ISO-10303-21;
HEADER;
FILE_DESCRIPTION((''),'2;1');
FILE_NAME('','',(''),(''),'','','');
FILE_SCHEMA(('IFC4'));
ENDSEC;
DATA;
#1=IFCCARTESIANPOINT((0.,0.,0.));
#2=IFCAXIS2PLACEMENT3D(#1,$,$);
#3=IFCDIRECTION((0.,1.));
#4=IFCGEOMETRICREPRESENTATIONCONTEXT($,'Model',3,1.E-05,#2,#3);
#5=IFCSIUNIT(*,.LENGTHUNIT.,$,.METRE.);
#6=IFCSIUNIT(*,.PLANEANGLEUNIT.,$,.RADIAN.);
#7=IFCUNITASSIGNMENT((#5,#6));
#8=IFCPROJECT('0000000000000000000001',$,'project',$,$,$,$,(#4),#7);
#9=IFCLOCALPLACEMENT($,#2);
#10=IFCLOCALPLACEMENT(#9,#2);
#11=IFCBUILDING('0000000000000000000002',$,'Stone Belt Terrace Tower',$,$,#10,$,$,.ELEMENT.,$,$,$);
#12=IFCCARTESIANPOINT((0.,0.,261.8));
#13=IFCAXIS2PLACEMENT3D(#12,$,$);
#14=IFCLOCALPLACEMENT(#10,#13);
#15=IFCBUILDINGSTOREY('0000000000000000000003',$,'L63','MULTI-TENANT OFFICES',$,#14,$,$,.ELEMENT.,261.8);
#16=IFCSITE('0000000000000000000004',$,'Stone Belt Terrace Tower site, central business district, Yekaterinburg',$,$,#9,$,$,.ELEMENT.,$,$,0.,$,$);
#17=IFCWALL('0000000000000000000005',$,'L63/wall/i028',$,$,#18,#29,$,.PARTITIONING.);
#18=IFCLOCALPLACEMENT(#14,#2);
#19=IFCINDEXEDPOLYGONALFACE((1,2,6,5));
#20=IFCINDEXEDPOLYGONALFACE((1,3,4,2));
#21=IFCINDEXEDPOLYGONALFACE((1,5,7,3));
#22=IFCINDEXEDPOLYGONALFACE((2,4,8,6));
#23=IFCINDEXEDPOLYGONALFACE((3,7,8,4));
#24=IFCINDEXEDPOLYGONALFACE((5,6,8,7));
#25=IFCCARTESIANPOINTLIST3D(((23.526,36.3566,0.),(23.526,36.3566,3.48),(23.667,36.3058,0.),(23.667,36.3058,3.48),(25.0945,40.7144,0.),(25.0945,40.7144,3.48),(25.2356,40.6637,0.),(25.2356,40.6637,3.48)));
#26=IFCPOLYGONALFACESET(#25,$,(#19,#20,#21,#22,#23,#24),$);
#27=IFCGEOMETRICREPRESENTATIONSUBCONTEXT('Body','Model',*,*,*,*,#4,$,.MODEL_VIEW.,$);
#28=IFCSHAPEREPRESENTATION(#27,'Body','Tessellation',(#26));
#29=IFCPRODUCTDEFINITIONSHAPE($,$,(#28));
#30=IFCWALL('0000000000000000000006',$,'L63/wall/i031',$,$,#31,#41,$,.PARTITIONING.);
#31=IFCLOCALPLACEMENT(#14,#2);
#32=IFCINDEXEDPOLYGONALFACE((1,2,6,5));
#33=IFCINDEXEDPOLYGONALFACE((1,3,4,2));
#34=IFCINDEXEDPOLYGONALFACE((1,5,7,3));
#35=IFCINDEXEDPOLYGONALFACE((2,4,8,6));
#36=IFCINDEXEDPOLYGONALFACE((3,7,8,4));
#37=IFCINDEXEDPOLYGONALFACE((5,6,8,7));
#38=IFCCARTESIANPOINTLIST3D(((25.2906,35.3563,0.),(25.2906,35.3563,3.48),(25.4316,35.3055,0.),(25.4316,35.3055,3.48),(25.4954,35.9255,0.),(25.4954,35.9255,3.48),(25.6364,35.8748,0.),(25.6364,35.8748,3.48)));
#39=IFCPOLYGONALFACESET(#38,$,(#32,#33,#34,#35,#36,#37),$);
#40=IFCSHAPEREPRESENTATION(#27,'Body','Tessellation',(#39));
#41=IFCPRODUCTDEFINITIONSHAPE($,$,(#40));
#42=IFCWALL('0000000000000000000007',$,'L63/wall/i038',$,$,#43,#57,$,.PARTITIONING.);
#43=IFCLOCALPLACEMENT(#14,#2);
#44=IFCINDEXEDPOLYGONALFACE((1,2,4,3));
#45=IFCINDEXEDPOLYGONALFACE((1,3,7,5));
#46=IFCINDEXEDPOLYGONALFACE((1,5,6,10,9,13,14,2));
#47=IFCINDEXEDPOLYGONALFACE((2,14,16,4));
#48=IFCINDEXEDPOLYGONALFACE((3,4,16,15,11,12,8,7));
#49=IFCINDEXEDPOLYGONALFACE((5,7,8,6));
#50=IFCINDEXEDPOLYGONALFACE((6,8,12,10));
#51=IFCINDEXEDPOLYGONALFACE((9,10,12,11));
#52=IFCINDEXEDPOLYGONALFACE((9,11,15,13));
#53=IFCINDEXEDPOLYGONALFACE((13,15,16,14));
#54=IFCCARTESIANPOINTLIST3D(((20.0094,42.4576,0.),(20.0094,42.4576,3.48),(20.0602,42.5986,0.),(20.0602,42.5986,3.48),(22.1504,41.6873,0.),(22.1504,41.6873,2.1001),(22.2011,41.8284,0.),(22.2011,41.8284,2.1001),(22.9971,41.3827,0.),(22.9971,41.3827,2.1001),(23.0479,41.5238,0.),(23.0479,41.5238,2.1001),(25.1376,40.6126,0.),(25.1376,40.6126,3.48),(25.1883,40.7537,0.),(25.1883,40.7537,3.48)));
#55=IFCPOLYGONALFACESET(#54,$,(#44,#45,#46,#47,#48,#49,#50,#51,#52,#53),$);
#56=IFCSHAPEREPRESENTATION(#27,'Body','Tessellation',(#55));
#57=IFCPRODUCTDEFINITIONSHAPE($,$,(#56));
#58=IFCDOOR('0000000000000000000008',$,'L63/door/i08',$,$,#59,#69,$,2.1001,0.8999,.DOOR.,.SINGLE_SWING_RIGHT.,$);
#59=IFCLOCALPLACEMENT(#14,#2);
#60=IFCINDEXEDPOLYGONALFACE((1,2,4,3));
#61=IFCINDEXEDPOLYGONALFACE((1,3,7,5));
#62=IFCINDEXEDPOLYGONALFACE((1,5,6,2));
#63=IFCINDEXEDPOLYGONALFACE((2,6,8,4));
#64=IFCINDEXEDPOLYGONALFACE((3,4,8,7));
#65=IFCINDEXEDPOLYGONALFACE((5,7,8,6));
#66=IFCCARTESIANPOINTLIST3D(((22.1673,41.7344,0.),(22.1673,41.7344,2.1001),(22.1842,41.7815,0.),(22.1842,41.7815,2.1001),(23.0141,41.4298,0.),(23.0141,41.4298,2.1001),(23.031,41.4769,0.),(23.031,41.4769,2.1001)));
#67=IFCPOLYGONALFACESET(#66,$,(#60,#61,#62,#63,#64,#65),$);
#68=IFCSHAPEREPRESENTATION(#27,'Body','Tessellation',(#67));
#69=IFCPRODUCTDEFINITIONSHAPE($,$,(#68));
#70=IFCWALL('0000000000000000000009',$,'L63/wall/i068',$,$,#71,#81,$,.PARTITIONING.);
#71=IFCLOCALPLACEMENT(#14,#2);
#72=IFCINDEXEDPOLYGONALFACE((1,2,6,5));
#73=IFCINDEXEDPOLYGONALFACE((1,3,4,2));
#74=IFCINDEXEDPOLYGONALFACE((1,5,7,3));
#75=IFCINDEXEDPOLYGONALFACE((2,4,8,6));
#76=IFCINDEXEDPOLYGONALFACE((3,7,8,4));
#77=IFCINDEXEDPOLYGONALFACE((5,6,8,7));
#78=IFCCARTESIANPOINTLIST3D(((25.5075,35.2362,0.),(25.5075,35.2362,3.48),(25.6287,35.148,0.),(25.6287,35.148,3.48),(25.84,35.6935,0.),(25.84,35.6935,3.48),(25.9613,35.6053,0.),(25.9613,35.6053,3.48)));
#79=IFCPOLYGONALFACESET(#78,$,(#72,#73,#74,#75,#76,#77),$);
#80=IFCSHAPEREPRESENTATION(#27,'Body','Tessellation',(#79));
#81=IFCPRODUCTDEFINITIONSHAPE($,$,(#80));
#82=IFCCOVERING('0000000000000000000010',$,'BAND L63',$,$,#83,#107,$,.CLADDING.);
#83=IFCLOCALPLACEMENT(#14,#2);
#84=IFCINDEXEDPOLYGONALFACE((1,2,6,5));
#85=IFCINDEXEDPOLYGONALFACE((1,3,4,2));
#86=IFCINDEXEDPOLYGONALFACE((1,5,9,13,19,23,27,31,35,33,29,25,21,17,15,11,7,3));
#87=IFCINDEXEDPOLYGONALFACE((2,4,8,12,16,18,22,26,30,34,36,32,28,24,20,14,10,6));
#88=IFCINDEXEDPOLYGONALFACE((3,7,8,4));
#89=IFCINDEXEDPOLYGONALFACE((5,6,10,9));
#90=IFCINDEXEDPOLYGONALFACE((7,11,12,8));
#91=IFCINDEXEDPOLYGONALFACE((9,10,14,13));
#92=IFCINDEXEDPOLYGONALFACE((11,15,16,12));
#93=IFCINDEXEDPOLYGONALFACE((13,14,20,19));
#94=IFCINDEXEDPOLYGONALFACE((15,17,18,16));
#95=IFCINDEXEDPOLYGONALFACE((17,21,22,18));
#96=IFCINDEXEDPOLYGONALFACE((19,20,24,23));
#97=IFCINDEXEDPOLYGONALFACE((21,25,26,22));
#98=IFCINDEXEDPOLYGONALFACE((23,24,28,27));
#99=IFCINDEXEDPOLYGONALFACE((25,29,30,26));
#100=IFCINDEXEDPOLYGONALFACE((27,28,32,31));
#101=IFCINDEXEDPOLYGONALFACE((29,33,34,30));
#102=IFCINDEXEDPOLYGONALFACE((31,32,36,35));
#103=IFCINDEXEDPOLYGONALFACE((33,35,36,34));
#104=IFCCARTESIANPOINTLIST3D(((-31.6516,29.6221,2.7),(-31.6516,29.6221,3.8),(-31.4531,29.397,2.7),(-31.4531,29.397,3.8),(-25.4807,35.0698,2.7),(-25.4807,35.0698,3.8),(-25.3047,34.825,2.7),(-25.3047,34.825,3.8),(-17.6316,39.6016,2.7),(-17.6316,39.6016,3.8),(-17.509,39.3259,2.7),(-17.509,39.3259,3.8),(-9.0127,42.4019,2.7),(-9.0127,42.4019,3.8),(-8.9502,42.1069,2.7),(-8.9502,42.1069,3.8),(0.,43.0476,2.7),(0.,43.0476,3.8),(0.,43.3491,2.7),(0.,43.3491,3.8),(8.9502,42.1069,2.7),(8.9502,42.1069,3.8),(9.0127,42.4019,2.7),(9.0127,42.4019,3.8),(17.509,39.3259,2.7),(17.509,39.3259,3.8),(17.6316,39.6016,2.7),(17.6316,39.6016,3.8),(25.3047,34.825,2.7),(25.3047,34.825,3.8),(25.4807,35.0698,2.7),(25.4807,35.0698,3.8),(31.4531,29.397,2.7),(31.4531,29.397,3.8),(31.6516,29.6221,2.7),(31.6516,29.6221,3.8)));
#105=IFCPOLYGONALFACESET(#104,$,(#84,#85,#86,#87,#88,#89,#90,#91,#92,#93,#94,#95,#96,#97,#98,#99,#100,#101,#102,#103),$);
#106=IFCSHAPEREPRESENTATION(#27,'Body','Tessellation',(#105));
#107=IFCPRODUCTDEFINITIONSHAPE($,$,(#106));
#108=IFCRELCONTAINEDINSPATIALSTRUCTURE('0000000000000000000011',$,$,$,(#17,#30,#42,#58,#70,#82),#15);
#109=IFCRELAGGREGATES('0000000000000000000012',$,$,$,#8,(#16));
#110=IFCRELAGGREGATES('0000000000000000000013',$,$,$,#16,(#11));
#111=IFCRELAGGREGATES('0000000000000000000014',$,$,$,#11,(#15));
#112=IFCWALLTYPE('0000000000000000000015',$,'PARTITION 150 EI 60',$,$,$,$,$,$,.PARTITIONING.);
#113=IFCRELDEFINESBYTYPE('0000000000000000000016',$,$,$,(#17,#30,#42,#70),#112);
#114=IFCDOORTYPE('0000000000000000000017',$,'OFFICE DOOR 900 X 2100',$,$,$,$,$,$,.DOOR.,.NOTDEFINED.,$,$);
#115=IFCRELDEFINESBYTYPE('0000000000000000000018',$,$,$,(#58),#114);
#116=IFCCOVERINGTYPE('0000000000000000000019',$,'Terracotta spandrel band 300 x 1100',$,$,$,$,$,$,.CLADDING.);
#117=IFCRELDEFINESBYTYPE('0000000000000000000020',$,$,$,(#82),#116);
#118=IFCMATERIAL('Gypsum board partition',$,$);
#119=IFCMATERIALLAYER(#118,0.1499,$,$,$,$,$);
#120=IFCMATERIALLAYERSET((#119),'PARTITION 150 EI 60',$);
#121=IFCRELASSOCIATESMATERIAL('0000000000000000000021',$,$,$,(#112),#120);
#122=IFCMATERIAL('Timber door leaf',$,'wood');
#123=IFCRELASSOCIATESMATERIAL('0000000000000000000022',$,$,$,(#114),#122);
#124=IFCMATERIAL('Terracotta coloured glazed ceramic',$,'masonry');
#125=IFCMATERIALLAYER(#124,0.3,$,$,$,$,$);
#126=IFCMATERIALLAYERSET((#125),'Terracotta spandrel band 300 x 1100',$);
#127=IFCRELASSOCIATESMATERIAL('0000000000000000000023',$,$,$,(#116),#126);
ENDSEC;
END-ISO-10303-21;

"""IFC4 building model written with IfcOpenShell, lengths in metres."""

from ifc_helpers import new_model, si_unit, direction, frame, frame_2d, origin, place, context, subcontext, project, spatial, polyline, rectangle, outline, extrude, material, layer, layer_set, type_object, element, fill, save


model = new_model("IFC4")

# Units and contexts
model_context = context("Model", 3, precision=1e-05, world=origin(), true_north=direction((0.0, 1.0)))
body_context = subcontext(model_context, "Body", "Model", "MODEL_VIEW")
ifc_project = project(units=[si_unit("LENGTHUNIT", "METRE"), si_unit("PLANEANGLEUNIT", "RADIAN")], contexts=[model_context])

# Site, building, storey
site_placement = place(None, origin())
site = spatial("IfcSite", under=ifc_project, at=site_placement, Name="Stone Belt Terrace Tower site, central business district, Yekaterinburg", CompositionType="ELEMENT", RefElevation=0.0)
building_placement = place(site_placement, origin())
building = spatial("IfcBuilding", under=site, at=building_placement, Name="Stone Belt Terrace Tower", CompositionType="ELEMENT")
storey_placement = place(building_placement, frame((0.0, 0.0, 261.8)))
storey = spatial("IfcBuildingStorey", under=building, at=storey_placement, Name="L63", Description="MULTI-TENANT OFFICES", CompositionType="ELEMENT", Elevation=261.8)

# Walls
ifc_material_1 = material(Name="Gypsum board partition")
ifc_layer_1 = layer(ifc_material_1, 0.1499)
ifc_layer_set_1 = layer_set([ifc_layer_1], Name="PARTITION 150 EI 60")
wall_type = type_object("IfcWallType", Name="PARTITION 150 EI 60", PredefinedType="PARTITIONING", material=ifc_layer_set_1)
wall_1_placement = place(storey_placement, frame((23.5964, 36.3311, 0.0), z_axis=(0.0, 0.0, 1.0), x_axis=(0.338673, 0.940904, 0.0)))
element("IfcWall", 1, at=wall_1_placement, inside=storey, type_object=wall_type, Name="L63/wall/i028", PredefinedType="PARTITIONING", context=body_context, shape_type="SweptSolid", body=[
    extrude(rectangle(XDim=4.6316, YDim=0.1499, at=frame_2d((2.3159, 0.0))), origin(), (0.0, 0.0, 1.0), 3.48),
])
wall_2_placement = place(storey_placement, frame((25.5659, 35.9001, 0.0), z_axis=(0.0, 0.0, 1.0), x_axis=(-0.338534, -0.940954, 0.0)))
element("IfcWall", 2, at=wall_2_placement, inside=storey, type_object=wall_type, Name="L63/wall/i031", PredefinedType="PARTITIONING", context=body_context, shape_type="SweptSolid", body=[
    extrude(rectangle(XDim=0.605, YDim=0.1499, at=frame_2d((0.3025, 0.0))), origin(), (0.0, 0.0, 1.0), 3.48),
])

# Wall, opening, door
wall_3_placement = place(storey_placement, frame((25.1631, 40.6831, 0.0), z_axis=(0.0, 0.0, 1.0), x_axis=(-0.940956, 0.338529, 0.0)))
wall_3 = element("IfcWall", 3, at=wall_3_placement, inside=storey, type_object=wall_type, Name="L63/wall/i038", PredefinedType="PARTITIONING", context=body_context, shape_type="SweptSolid", body=[
    extrude(rectangle(XDim=5.45, YDim=0.1499, at=frame_2d((2.7251, 0.0))), origin(), (0.0, 0.0, 1.0), 3.48),
])
opening_placement = place(wall_3_placement, frame((2.2749, 0.0, 0.0)))
opening = element("IfcOpeningElement", 4, at=opening_placement, cuts=wall_3, PredefinedType="OPENING", context=body_context, shape_type="SweptSolid", body=[
    extrude(rectangle(XDim=0.8999, YDim=2.1001, at=frame_2d((0.45, 1.05))), frame((0.0, 0.085, 0.0), z_axis=(0.0, -1.0, 0.0), x_axis=(1.0, 0.0, 0.0)), (0.0, 0.0, 1.0), 0.1699),
])
ifc_material_2 = material(Name="Timber door leaf", Category="wood")
door_type = type_object("IfcDoorType", Name="OFFICE DOOR 900 X 2100", OperationType="NOTDEFINED", PredefinedType="DOOR", material=ifc_material_2)
door_placement = place(opening_placement, origin())
door = element("IfcDoor", 5, at=door_placement, inside=storey, type_object=door_type, Name="L63/door/i08", OperationType="SINGLE_SWING_RIGHT", OverallHeight=2.1001, OverallWidth=0.8999, PredefinedType="DOOR", context=body_context, shape_type="SweptSolid", body=[
    extrude(rectangle(XDim=0.8999, YDim=2.1001, at=frame_2d((0.45, 1.05))), frame((0.0, 0.0249, 0.0), z_axis=(0.0, -1.0, 0.0), x_axis=(1.0, 0.0, 0.0)), (0.0, 0.0, 1.0), 0.05),
])
fill(opening, door)

# Wall
wall_4_placement = place(storey_placement, frame((25.9006, 35.6494, 0.0), z_axis=(0.0, 0.0, 1.0), x_axis=(-0.58812, -0.808773, 0.0)))
element("IfcWall", 6, at=wall_4_placement, inside=storey, type_object=wall_type, Name="L63/wall/i068", PredefinedType="PARTITIONING", context=body_context, shape_type="SweptSolid", body=[
    extrude(rectangle(XDim=0.5654, YDim=0.1499, at=frame_2d((0.2827, 0.0))), origin(), (0.0, 0.0, 1.0), 3.48),
])

# Covering
ifc_material_3 = material(Name="Terracotta coloured glazed ceramic", Category="masonry")
ifc_layer_2 = layer(ifc_material_3, 0.3)
ifc_layer_set_2 = layer_set([ifc_layer_2], Name="Terracotta spandrel band 300 x 1100")
covering_type = type_object("IfcCoveringType", Name="Terracotta spandrel band 300 x 1100", PredefinedType="CLADDING", material=ifc_layer_set_2)
covering_placement = place(storey_placement, frame((0.0, 0.0, 2.7)))
element("IfcCovering", 7, at=covering_placement, inside=storey, type_object=covering_type, Name="BAND L63", PredefinedType="CLADDING", context=body_context, shape_type="SweptSolid", body=[
    extrude(outline(polyline([(-31.6516, 29.6221), (-25.4807, 35.0698), (-17.6316, 39.6016), (-9.0127, 42.4019), (0.0, 43.3491), (9.0127, 42.4019), (17.6316, 39.6016), (25.4807, 35.0698), (31.6516, 29.6221), (31.4531, 29.397), (25.3047, 34.825), (17.509, 39.3259), (8.9502, 42.1069), (0.0, 43.0476), (-8.9502, 42.1069), (-17.509, 39.3259), (-25.3047, 34.825), (-31.4531, 29.397), (-31.6516, 29.6221)])), origin(), (0.0, 0.0, 1.0), 1.1001),
])

save(model, "model.ifc")
